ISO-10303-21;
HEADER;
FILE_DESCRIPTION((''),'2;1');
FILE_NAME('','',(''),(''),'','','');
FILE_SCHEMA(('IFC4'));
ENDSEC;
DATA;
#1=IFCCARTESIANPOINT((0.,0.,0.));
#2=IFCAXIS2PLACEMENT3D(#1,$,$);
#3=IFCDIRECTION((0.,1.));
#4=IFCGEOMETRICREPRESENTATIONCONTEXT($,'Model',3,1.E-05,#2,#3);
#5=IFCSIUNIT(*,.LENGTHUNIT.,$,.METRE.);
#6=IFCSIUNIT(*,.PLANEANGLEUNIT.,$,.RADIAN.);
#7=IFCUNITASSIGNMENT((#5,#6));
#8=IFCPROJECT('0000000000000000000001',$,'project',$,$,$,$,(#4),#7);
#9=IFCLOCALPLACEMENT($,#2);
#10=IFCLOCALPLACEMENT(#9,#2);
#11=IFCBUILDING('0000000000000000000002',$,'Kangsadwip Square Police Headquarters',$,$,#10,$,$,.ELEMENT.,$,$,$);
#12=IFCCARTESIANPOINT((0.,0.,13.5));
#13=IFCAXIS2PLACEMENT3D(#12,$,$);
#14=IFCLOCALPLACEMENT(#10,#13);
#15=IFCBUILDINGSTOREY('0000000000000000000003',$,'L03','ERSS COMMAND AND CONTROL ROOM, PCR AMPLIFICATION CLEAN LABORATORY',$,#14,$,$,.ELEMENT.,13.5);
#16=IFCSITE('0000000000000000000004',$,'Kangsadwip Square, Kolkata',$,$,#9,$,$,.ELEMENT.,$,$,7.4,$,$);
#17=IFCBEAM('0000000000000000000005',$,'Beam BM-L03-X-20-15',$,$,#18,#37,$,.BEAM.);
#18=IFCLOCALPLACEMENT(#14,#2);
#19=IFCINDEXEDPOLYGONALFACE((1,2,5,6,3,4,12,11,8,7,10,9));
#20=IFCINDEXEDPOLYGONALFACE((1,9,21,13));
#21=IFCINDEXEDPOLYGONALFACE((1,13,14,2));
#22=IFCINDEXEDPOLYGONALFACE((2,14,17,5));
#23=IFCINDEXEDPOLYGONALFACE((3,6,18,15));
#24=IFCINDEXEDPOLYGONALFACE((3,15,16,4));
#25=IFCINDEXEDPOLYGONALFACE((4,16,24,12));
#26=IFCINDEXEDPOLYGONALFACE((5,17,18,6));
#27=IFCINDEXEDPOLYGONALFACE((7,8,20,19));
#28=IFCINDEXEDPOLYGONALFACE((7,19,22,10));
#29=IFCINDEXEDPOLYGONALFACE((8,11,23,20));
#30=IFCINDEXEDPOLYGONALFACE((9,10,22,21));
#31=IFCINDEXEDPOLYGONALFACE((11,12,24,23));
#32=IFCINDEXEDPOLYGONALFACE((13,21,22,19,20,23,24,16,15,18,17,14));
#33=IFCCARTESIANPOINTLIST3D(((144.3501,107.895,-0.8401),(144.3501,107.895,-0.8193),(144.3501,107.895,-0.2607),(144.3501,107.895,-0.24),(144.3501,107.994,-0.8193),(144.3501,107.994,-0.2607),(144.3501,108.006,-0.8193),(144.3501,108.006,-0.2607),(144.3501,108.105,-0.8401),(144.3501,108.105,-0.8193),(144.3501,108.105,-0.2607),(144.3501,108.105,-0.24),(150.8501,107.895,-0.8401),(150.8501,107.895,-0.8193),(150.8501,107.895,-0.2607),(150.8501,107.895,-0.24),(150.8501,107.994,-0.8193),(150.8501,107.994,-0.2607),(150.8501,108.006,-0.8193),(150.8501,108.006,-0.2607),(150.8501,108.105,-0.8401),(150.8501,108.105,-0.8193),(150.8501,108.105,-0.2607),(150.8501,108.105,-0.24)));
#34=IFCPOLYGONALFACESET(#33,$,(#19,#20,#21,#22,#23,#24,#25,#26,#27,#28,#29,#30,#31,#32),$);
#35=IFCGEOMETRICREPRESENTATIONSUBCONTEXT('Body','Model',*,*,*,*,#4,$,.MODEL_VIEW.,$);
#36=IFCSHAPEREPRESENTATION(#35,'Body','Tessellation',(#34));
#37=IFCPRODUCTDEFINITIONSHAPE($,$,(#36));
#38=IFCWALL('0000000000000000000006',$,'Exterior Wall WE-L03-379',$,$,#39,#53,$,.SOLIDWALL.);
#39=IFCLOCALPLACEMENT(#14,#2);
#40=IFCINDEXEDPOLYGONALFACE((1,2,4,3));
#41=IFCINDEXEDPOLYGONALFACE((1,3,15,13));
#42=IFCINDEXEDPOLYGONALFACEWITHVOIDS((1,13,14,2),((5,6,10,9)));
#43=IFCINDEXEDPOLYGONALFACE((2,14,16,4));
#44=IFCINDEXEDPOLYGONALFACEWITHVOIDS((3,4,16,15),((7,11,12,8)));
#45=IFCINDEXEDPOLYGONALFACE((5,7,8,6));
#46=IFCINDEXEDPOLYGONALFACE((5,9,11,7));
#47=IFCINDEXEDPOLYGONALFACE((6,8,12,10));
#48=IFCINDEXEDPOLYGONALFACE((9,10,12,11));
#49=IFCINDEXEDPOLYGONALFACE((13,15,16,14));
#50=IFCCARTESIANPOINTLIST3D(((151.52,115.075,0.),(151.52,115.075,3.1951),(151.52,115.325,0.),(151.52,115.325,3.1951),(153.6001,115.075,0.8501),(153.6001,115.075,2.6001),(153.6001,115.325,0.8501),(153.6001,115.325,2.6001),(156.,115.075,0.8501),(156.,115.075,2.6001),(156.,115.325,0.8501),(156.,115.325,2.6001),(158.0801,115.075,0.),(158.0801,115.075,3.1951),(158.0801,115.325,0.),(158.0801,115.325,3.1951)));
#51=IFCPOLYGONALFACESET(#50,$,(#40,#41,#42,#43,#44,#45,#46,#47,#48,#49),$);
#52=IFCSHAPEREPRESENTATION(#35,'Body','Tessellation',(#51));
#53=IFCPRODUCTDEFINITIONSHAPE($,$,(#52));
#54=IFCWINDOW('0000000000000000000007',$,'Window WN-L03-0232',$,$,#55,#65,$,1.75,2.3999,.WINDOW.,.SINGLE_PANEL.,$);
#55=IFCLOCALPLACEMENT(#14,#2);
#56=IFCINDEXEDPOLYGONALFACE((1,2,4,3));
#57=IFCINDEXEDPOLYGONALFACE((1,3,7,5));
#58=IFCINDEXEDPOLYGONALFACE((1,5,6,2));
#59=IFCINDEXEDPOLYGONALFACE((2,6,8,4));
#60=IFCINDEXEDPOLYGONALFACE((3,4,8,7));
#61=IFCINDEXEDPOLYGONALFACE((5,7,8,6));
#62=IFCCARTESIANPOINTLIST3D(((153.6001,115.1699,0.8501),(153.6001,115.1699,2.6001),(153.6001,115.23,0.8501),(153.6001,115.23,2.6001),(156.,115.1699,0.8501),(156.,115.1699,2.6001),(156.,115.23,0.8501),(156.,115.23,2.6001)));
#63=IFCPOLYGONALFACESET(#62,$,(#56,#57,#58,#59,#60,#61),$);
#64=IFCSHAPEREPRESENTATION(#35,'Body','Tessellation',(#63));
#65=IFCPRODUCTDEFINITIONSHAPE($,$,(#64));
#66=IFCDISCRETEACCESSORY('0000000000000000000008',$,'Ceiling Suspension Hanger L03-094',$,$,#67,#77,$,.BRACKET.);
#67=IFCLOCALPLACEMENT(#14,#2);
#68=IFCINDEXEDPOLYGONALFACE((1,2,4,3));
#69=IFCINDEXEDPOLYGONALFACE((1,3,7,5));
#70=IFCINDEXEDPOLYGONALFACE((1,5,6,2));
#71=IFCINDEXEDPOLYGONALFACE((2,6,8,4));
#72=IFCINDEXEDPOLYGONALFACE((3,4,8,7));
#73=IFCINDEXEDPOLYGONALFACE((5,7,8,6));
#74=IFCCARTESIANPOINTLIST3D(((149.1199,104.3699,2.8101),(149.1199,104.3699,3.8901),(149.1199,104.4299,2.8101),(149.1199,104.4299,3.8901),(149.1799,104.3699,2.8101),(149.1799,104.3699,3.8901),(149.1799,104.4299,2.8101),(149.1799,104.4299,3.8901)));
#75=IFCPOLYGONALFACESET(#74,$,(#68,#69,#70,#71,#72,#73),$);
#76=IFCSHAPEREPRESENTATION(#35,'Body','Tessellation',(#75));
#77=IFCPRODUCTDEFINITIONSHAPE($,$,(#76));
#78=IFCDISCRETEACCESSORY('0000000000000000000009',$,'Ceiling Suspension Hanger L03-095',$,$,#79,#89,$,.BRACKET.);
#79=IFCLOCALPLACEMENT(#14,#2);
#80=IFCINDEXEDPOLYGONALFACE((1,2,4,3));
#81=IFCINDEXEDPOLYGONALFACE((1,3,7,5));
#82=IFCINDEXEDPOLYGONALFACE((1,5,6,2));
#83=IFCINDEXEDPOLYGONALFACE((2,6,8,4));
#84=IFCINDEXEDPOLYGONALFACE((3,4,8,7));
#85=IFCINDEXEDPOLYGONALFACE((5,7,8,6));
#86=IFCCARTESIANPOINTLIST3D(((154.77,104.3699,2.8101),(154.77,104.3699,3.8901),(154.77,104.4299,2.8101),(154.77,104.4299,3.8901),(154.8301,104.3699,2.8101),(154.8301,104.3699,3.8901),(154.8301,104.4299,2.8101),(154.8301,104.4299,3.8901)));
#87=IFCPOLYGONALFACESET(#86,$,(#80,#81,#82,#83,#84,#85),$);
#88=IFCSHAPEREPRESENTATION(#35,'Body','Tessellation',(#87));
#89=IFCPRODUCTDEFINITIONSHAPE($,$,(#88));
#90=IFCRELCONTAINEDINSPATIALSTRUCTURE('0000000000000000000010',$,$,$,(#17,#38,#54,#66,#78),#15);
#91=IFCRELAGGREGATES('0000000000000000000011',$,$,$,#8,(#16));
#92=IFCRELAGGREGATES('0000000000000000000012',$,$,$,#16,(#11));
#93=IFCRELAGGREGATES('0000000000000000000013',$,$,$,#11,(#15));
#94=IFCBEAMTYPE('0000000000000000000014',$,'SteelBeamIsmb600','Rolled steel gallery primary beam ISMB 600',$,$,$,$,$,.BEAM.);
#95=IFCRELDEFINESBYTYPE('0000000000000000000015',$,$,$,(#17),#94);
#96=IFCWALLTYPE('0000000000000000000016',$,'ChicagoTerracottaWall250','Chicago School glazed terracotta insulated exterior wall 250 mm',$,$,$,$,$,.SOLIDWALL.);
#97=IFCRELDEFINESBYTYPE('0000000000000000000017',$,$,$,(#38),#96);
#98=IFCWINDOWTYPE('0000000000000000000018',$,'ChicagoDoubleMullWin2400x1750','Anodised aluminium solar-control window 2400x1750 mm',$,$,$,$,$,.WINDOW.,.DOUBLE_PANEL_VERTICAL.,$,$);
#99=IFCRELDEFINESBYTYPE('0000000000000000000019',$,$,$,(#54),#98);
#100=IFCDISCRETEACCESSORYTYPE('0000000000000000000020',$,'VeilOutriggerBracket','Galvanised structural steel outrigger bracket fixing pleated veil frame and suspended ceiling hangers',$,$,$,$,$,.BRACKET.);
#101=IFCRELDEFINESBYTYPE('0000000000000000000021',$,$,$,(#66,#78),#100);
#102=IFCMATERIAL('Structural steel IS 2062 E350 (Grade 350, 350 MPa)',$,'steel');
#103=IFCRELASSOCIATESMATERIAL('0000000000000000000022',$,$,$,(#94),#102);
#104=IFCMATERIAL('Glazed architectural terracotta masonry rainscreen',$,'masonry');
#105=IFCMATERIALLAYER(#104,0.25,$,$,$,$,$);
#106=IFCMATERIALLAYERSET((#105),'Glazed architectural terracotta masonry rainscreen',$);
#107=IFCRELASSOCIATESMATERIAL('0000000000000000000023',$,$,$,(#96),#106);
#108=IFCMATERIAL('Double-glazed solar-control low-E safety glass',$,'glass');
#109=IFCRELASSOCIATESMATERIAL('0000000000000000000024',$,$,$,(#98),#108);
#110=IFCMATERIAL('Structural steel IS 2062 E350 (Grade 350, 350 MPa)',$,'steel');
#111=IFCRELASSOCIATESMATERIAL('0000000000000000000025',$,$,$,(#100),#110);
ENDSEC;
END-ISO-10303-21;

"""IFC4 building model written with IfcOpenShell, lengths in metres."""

from ifc_helpers import new_model, si_unit, direction, frame, frame_2d, origin, origin_2d, place, context, subcontext, project, spatial, rectangle, i_section, extrude, material, layer, layer_set, material_profile, profile_set, type_object, element, fill, save


model = new_model("IFC4")

# Units and contexts
model_context = context("Model", 3, precision=1e-05, world=origin(), true_north=direction((0.0, 1.0)))
body_context = subcontext(model_context, "Body", "Model", "MODEL_VIEW")
ifc_project = project(units=[si_unit("LENGTHUNIT", "METRE"), si_unit("PLANEANGLEUNIT", "RADIAN")], contexts=[model_context])

# Site, building, storey
site_placement = place(None, origin())
site = spatial("IfcSite", under=ifc_project, at=site_placement, Name="Kangsadwip Square, Kolkata", CompositionType="ELEMENT", RefElevation=7.4)
building_placement = place(site_placement, origin())
building = spatial("IfcBuilding", under=site, at=building_placement, Name="Kangsadwip Square Police Headquarters", CompositionType="ELEMENT")
storey_placement = place(building_placement, frame((0.0, 0.0, 13.5)))
storey = spatial("IfcBuildingStorey", under=building, at=storey_placement, Name="L03", Description="ERSS COMMAND AND CONTROL ROOM, PCR AMPLIFICATION CLEAN LABORATORY", CompositionType="ELEMENT", Elevation=13.5)

# Beam
ifc_material_1 = material(Name="Structural steel IS 2062 E350 (Grade 350, 350 MPa)", Category="steel")
ifc_material_profile_1 = material_profile(ifc_material_1, i_section(OverallWidth=0.21, OverallDepth=0.6001, WebThickness=0.012, FlangeThickness=0.0208, at=origin_2d()), Name="ISMB 600")
ifc_profile_set_1 = profile_set([ifc_material_profile_1], Name="Structural steel IS 2062 E350 (Grade 350, 350 MPa)")
beam_type_1 = type_object("IfcBeamType", Name="SteelBeamIsmb600", Description="Rolled steel gallery primary beam ISMB 600", PredefinedType="BEAM", material=ifc_profile_set_1)
beam_1_placement = place(storey_placement, frame((144.3501, 108.0, -0.54), z_axis=(1.0, 0.0, 0.0), x_axis=(0.0, 1.0, 0.0)))
element("IfcBeam", 1, at=beam_1_placement, inside=storey, type_object=beam_type_1, Name="Beam BM-L03-X-20-15", PredefinedType="BEAM", context=body_context, shape_type="SweptSolid", body=[
    extrude(i_section(OverallWidth=0.21, OverallDepth=0.6001, WebThickness=0.012, FlangeThickness=0.0208, at=origin_2d()), origin(), (0.0, 0.0, 1.0), 6.5),
])

# Wall, opening, window
ifc_material_2 = material(Name="Glazed architectural terracotta masonry rainscreen", Category="masonry")
ifc_layer_1 = layer(ifc_material_2, 0.25)
ifc_layer_set_1 = layer_set([ifc_layer_1], Name="Glazed architectural terracotta masonry rainscreen")
wall_type = type_object("IfcWallType", Name="ChicagoTerracottaWall250", Description="Chicago School glazed terracotta insulated exterior wall 250 mm", PredefinedType="SOLIDWALL", material=ifc_layer_set_1)
wall_placement = place(storey_placement, frame((151.52, 115.2, 0.0), z_axis=(0.0, 0.0, 1.0), x_axis=(1.0, 0.0, 0.0)))
wall = element("IfcWall", 2, at=wall_placement, inside=storey, type_object=wall_type, Name="Exterior Wall WE-L03-379", PredefinedType="SOLIDWALL", context=body_context, shape_type="SweptSolid", body=[
    extrude(rectangle(XDim=6.5601, YDim=0.25, at=frame_2d((3.28, 0.0))), origin(), (0.0, 0.0, 1.0), 3.1951),
])
opening_placement = place(wall_placement, frame((2.0801, 0.0, 0.8501)))
opening = element("IfcOpeningElement", 3, at=opening_placement, cuts=wall, PredefinedType="OPENING", context=body_context, shape_type="SweptSolid", body=[
    extrude(rectangle(XDim=2.3999, YDim=1.75, at=frame_2d((1.2, 0.875))), frame((0.0, 0.135, 0.0), z_axis=(0.0, -1.0, 0.0), x_axis=(1.0, 0.0, 0.0)), (0.0, 0.0, 1.0), 0.27),
])
ifc_material_3 = material(Name="Double-glazed solar-control low-E safety glass", Category="glass")
window_type = type_object("IfcWindowType", Name="ChicagoDoubleMullWin2400x1750", Description="Anodised aluminium solar-control window 2400x1750 mm", PartitioningType="DOUBLE_PANEL_VERTICAL", PredefinedType="WINDOW", material=ifc_material_3)
window_placement = place(opening_placement, origin())
window = element("IfcWindow", 4, at=window_placement, inside=storey, type_object=window_type, Name="Window WN-L03-0232", OverallHeight=1.75, OverallWidth=2.3999, PartitioningType="SINGLE_PANEL", PredefinedType="WINDOW", context=body_context, shape_type="SweptSolid", body=[
    extrude(rectangle(XDim=2.3999, YDim=1.75, at=frame_2d((1.2, 0.875))), frame((0.0, 0.03, 0.0), z_axis=(0.0, -1.0, 0.0), x_axis=(1.0, 0.0, 0.0)), (0.0, 0.0, 1.0), 0.0601),
])
fill(opening, window)

# Discrete accessories
ifc_material_4 = material(Name="Structural steel IS 2062 E350 (Grade 350, 350 MPa)", Category="steel")
discrete_accessory_type = type_object("IfcDiscreteAccessoryType", Name="VeilOutriggerBracket", Description="Galvanised structural steel outrigger bracket fixing pleated veil frame and suspended ceiling hangers", PredefinedType="BRACKET", material=ifc_material_4)
for number, where, z_axis, x_axis, name in (
    (5, (149.1499, 104.3999, 2.8101), (0.0, 0.0, 1.0), (1.0, 0.0, 0.0), "Ceiling Suspension Hanger L03-094"),
    (6, (154.8, 104.3999, 2.8101), (0.0, 0.0, 1.0), (1.0, 0.0, 0.0), "Ceiling Suspension Hanger L03-095"),
):
    element("IfcDiscreteAccessory", number, at=place(storey_placement, frame(where, z_axis=z_axis, x_axis=x_axis)), inside=storey, type_object=discrete_accessory_type, Name=name, PredefinedType="BRACKET", context=body_context, shape_type="SweptSolid", body=[
        extrude(rectangle(XDim=0.0601, YDim=0.0601, at=origin_2d()), origin(), (0.0, 0.0, 1.0), 1.0801),
    ])

save(model, "model.ifc")
